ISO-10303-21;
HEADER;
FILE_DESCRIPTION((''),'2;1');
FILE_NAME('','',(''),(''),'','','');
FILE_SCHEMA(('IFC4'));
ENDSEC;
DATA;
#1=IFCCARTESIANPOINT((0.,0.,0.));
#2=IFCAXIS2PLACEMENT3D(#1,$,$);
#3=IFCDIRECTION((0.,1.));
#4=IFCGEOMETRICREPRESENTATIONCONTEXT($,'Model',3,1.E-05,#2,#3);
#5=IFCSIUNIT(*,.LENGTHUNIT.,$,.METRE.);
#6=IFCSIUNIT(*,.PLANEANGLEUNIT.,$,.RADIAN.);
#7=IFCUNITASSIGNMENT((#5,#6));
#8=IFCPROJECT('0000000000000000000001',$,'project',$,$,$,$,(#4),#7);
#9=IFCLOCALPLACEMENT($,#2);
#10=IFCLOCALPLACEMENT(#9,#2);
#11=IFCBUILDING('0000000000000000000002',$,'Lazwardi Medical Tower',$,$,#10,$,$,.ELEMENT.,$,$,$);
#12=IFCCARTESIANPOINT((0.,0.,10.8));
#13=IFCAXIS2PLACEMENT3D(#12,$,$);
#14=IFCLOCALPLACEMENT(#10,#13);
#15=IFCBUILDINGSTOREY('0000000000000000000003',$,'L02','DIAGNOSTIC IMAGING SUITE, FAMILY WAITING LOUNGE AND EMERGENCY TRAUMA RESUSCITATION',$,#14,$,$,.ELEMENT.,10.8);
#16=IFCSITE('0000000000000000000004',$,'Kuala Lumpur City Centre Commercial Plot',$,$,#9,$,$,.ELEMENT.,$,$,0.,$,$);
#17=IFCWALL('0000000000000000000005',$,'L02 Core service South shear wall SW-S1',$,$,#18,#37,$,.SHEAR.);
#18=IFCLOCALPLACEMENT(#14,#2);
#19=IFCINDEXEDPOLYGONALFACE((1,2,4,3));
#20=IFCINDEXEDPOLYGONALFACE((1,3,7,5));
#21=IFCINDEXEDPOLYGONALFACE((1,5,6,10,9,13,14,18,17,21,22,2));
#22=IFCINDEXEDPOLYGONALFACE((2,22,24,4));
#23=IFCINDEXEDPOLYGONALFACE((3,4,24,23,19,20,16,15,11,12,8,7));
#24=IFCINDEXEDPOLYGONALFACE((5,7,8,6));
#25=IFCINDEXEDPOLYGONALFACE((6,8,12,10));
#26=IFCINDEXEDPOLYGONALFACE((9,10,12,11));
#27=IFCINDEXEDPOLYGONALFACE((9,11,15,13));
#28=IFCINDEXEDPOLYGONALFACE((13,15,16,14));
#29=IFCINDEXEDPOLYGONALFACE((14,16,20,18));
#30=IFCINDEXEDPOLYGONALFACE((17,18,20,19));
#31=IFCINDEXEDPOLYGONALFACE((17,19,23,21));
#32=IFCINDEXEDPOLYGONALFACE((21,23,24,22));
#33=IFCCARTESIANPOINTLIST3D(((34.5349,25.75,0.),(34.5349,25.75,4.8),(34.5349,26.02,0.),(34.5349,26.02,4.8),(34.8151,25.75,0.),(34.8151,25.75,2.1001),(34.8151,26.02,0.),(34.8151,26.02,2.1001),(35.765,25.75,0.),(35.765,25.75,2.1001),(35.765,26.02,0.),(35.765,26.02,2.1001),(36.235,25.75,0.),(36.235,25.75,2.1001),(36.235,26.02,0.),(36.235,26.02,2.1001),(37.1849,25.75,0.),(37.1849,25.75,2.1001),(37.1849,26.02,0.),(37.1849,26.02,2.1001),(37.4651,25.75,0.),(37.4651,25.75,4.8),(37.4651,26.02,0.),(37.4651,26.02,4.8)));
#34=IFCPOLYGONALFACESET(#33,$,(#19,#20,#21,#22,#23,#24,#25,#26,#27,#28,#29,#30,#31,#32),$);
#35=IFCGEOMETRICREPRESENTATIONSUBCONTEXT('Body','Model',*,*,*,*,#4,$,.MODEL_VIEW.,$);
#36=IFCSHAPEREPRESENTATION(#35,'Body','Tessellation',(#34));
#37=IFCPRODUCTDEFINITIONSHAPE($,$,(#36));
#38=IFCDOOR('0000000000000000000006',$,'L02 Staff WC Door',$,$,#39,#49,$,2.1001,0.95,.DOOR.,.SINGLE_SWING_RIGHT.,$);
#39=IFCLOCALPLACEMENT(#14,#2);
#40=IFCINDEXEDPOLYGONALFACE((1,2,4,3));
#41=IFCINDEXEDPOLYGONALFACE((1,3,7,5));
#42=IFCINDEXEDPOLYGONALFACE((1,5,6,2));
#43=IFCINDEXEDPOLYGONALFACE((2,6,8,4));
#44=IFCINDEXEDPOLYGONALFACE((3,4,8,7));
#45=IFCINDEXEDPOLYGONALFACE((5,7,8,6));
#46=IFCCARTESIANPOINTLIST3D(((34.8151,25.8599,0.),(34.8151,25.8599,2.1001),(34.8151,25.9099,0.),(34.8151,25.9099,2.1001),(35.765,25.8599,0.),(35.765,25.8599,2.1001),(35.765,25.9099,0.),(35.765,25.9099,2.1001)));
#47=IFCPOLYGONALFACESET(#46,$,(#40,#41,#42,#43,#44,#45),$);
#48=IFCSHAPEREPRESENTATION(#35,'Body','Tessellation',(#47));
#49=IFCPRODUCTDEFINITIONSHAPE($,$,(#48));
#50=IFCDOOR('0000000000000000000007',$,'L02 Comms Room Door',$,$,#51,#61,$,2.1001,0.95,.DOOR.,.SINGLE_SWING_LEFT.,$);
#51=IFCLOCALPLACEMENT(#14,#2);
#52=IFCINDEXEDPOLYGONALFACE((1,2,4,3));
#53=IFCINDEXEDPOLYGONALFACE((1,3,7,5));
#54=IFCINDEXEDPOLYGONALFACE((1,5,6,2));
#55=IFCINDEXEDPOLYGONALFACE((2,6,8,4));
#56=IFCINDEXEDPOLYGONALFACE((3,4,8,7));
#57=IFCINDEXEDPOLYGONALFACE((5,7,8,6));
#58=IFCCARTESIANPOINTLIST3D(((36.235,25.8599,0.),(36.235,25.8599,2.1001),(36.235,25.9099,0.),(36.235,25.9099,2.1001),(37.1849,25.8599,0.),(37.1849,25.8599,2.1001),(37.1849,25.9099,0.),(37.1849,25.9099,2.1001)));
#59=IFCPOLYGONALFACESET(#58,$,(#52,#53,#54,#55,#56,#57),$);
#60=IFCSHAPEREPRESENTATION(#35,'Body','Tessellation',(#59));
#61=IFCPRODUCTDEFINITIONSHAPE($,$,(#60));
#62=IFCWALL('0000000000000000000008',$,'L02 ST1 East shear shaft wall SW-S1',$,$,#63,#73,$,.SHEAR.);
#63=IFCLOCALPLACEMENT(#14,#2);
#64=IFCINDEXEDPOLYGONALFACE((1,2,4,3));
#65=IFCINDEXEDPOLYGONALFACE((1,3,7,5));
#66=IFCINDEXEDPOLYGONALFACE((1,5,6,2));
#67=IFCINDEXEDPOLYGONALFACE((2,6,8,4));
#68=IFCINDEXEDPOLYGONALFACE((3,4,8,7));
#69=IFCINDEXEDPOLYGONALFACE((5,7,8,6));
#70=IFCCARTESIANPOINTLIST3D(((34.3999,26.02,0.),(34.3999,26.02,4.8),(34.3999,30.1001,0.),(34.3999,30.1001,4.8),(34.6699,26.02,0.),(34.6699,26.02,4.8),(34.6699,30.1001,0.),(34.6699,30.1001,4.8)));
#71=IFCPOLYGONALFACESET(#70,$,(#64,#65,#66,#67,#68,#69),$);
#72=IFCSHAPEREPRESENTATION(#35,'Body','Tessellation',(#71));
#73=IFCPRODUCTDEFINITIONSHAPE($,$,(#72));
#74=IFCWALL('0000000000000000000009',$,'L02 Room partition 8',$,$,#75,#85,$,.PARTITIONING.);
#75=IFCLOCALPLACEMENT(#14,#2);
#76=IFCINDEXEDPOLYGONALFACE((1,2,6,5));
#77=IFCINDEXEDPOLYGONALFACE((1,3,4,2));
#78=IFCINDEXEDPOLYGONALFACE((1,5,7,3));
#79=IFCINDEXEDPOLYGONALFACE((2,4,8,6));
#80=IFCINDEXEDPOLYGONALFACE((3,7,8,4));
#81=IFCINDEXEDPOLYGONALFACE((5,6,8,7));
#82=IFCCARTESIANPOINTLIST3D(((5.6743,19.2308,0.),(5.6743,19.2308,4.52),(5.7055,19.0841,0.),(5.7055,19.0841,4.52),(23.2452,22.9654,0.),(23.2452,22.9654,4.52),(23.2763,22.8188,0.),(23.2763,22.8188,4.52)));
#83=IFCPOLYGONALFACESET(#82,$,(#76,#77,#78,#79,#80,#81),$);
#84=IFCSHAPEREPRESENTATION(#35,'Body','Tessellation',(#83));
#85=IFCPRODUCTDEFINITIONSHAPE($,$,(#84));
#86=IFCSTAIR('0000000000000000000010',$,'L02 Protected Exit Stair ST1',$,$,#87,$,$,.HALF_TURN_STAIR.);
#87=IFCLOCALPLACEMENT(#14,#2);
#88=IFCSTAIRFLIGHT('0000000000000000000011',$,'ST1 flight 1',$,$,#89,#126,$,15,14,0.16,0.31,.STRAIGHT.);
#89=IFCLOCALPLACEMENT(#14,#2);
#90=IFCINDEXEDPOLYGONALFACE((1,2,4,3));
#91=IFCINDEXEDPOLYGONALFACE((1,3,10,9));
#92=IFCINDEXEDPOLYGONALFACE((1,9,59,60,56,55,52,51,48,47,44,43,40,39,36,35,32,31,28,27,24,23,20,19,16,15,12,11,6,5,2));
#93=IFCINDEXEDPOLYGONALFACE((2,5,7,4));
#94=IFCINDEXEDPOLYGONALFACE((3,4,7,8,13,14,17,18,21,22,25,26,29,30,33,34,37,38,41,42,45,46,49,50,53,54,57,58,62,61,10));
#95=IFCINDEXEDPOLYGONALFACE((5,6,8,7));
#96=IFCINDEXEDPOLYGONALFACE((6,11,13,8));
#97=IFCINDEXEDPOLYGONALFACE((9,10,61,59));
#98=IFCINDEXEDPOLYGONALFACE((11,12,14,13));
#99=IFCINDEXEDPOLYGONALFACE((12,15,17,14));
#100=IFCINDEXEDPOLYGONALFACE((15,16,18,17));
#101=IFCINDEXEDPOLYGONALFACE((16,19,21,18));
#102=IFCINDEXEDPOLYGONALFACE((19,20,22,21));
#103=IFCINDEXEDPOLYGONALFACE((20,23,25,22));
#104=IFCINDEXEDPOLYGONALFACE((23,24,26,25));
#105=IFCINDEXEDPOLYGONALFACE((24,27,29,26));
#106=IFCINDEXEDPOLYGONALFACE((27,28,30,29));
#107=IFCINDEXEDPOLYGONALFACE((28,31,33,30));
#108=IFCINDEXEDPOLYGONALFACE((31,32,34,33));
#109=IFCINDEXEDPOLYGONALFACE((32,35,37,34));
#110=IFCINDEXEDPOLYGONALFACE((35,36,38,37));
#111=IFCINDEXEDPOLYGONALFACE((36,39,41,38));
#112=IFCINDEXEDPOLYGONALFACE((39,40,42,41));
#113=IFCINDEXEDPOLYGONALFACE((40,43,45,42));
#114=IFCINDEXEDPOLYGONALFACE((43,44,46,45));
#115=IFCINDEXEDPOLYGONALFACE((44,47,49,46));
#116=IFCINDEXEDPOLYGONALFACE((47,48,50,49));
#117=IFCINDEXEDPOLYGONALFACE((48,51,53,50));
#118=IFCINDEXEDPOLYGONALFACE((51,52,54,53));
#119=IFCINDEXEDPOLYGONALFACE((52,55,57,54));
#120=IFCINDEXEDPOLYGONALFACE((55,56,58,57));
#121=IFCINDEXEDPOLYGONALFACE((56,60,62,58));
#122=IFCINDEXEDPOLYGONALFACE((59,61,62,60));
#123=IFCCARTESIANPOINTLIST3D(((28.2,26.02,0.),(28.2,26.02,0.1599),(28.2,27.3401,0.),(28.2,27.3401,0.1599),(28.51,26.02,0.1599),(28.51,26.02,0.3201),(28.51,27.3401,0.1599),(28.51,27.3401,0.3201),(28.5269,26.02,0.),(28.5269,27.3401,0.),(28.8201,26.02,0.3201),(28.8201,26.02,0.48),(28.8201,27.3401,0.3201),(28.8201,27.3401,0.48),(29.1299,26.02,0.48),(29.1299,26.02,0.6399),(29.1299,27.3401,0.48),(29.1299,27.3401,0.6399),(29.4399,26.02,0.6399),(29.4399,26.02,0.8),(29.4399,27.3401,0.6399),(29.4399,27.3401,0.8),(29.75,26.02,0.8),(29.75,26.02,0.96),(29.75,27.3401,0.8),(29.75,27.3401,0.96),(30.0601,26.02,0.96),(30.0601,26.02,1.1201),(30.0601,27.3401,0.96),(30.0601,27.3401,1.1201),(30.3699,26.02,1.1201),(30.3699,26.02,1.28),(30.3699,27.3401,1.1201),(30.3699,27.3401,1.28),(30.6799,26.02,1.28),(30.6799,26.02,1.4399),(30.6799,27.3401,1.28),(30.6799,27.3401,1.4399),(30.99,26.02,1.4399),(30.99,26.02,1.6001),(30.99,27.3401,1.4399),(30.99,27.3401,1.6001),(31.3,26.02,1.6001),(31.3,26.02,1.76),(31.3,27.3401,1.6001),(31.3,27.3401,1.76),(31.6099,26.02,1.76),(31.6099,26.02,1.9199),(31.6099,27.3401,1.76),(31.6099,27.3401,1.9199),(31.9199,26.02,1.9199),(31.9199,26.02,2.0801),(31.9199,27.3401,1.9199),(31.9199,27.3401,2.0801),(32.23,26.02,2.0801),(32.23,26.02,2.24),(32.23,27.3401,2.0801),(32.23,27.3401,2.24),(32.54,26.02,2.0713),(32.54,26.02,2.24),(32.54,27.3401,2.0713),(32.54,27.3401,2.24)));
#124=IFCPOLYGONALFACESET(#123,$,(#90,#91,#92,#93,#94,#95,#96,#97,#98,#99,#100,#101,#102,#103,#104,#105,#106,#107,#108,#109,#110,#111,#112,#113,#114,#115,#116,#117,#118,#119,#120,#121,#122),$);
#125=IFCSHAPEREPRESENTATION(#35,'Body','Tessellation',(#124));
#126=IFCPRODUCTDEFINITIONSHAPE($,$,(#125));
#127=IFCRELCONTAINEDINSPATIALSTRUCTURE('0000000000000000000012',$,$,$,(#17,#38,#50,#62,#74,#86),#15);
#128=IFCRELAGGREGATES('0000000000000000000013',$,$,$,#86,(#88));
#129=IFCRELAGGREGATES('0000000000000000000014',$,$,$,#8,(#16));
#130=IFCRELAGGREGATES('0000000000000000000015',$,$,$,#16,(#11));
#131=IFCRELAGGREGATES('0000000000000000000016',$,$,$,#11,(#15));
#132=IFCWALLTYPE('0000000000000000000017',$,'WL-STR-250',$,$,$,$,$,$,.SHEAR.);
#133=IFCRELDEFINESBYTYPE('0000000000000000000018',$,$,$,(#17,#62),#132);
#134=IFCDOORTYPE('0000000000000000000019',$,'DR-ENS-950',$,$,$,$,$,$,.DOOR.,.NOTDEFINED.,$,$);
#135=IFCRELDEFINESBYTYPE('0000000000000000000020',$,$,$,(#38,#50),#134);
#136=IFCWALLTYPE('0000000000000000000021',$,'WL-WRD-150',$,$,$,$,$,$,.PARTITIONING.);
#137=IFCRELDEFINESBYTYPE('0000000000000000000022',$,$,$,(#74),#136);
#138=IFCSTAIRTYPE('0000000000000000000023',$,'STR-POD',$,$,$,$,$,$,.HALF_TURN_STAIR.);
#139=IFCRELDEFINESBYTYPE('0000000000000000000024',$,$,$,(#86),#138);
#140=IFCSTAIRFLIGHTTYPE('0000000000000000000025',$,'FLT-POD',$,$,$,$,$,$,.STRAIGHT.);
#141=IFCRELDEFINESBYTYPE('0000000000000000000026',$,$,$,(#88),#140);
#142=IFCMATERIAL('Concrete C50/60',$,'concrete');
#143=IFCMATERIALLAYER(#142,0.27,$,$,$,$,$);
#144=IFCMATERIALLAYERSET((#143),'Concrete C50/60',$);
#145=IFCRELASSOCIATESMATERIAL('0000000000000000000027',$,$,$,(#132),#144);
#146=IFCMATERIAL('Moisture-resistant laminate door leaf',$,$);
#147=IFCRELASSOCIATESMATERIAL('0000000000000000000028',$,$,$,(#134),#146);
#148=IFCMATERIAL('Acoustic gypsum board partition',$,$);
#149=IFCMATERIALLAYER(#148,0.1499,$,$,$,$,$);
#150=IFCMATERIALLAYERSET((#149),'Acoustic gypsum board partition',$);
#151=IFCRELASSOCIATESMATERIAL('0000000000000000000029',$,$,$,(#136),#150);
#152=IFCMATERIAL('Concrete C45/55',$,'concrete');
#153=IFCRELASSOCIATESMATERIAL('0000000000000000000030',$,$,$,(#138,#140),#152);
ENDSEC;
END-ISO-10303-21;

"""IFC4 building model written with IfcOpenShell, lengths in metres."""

from ifc_helpers import new_model, si_unit, direction, frame, frame_2d, origin, place, context, subcontext, project, spatial, polyline, rectangle, outline, extrude, material, layer, layer_set, type_object, element, fill, aggregate, save


model = new_model("IFC4")

# Units and contexts
model_context = context("Model", 3, precision=1e-05, world=origin(), true_north=direction((0.0, 1.0)))
body_context = subcontext(model_context, "Body", "Model", "MODEL_VIEW")
ifc_project = project(units=[si_unit("LENGTHUNIT", "METRE"), si_unit("PLANEANGLEUNIT", "RADIAN")], contexts=[model_context])

# Site, building, storey
site_placement = place(None, origin())
site = spatial("IfcSite", under=ifc_project, at=site_placement, Name="Kuala Lumpur City Centre Commercial Plot", CompositionType="ELEMENT", RefElevation=0.0)
building_placement = place(site_placement, origin())
building = spatial("IfcBuilding", under=site, at=building_placement, Name="Lazwardi Medical Tower", CompositionType="ELEMENT")
storey_placement = place(building_placement, frame((0.0, 0.0, 10.8)))
storey = spatial("IfcBuildingStorey", under=building, at=storey_placement, Name="L02", Description="DIAGNOSTIC IMAGING SUITE, FAMILY WAITING LOUNGE AND EMERGENCY TRAUMA RESUSCITATION", CompositionType="ELEMENT", Elevation=10.8)

# Shared definitions
ifc_material_1 = material(Name="Concrete C50/60", Category="concrete")
ifc_layer_1 = layer(ifc_material_1, 0.27)
ifc_layer_set_1 = layer_set([ifc_layer_1], Name="Concrete C50/60")
wall_type_1 = type_object("IfcWallType", Name="WL-STR-250", PredefinedType="SHEAR", material=ifc_layer_set_1)

# Wall, openings, doors
wall_1_placement = place(storey_placement, frame((34.5349, 25.885, 0.0), z_axis=(0.0, 0.0, 1.0), x_axis=(1.0, 0.0, 0.0)))
wall_1 = element("IfcWall", 1, at=wall_1_placement, inside=storey, type_object=wall_type_1, Name="L02 Core service South shear wall SW-S1", PredefinedType="SHEAR", context=body_context, shape_type="SweptSolid", body=[
    extrude(rectangle(XDim=2.9302, YDim=0.27, at=frame_2d((1.4651, 0.0))), origin(), (0.0, 0.0, 1.0), 4.8),
])
opening_1_placement = place(wall_1_placement, frame((0.28, 0.0, 0.0)))
opening_1 = element("IfcOpeningElement", 2, at=opening_1_placement, cuts=wall_1, PredefinedType="OPENING", context=body_context, shape_type="SweptSolid", body=[
    extrude(rectangle(XDim=0.95, YDim=2.1001, at=frame_2d((0.4751, 1.05))), frame((0.0, 0.145, 0.0), z_axis=(0.0, -1.0, 0.0), x_axis=(1.0, 0.0, 0.0)), (0.0, 0.0, 1.0), 0.29),
])
opening_2_placement = place(wall_1_placement, frame((1.7, 0.0, 0.0)))
opening_2 = element("IfcOpeningElement", 3, at=opening_2_placement, cuts=wall_1, PredefinedType="OPENING", context=body_context, shape_type="SweptSolid", body=[
    extrude(rectangle(XDim=0.95, YDim=2.1001, at=frame_2d((0.4751, 1.05))), frame((0.0, 0.145, 0.0), z_axis=(0.0, -1.0, 0.0), x_axis=(1.0, 0.0, 0.0)), (0.0, 0.0, 1.0), 0.29),
])
ifc_material_2 = material(Name="Moisture-resistant laminate door leaf")
door_type_1 = type_object("IfcDoorType", Name="DR-ENS-950", OperationType="NOTDEFINED", PredefinedType="DOOR", material=ifc_material_2)
door_1_placement = place(opening_1_placement, origin())
door_1 = element("IfcDoor", 4, at=door_1_placement, inside=storey, type_object=door_type_1, Name="L02 Staff WC Door", OperationType="SINGLE_SWING_RIGHT", OverallHeight=2.1001, OverallWidth=0.95, PredefinedType="DOOR", context=body_context, shape_type="SweptSolid", body=[
    extrude(rectangle(XDim=0.95, YDim=2.1001, at=frame_2d((0.4751, 1.05))), frame((0.0, 0.0249, 0.0), z_axis=(0.0, -1.0, 0.0), x_axis=(1.0, 0.0, 0.0)), (0.0, 0.0, 1.0), 0.05),
])
fill(opening_1, door_1)
door_2_placement = place(opening_2_placement, origin())
door_2 = element("IfcDoor", 5, at=door_2_placement, inside=storey, type_object=door_type_1, Name="L02 Comms Room Door", OperationType="SINGLE_SWING_LEFT", OverallHeight=2.1001, OverallWidth=0.95, PredefinedType="DOOR", context=body_context, shape_type="SweptSolid", body=[
    extrude(rectangle(XDim=0.95, YDim=2.1001, at=frame_2d((0.4751, 1.05))), frame((0.0, 0.0249, 0.0), z_axis=(0.0, -1.0, 0.0), x_axis=(1.0, 0.0, 0.0)), (0.0, 0.0, 1.0), 0.05),
])
fill(opening_2, door_2)

# Walls
wall_2_placement = place(storey_placement, frame((34.5349, 26.02, 0.0), z_axis=(0.0, 0.0, 1.0), x_axis=(0.0, 1.0, 0.0)))
element("IfcWall", 6, at=wall_2_placement, inside=storey, type_object=wall_type_1, Name="L02 ST1 East shear shaft wall SW-S1", PredefinedType="SHEAR", context=body_context, shape_type="SweptSolid", body=[
    extrude(rectangle(XDim=4.0801, YDim=0.27, at=frame_2d((2.04, 0.0))), origin(), (0.0, 0.0, 1.0), 4.8),
])
ifc_material_3 = material(Name="Acoustic gypsum board partition")
ifc_layer_2 = layer(ifc_material_3, 0.1499)
ifc_layer_set_2 = layer_set([ifc_layer_2], Name="Acoustic gypsum board partition")
wall_type_2 = type_object("IfcWallType", Name="WL-WRD-150", PredefinedType="PARTITIONING", material=ifc_layer_set_2)
wall_3_placement = place(storey_placement, frame((23.2607, 22.8921, 0.0), z_axis=(0.0, 0.0, 1.0), x_axis=(-0.97815, -0.207903, 0.0)))
element("IfcWall", 7, at=wall_3_placement, inside=storey, type_object=wall_type_2, Name="L02 Room partition 8", PredefinedType="PARTITIONING", context=body_context, shape_type="SweptSolid", body=[
    extrude(rectangle(XDim=17.9634, YDim=0.1499, at=frame_2d((8.9817, 0.0))), origin(), (0.0, 0.0, 1.0), 4.52),
])

# Stair, stair flight
ifc_material_4 = material(Name="Concrete C45/55", Category="concrete")
stair_type = type_object("IfcStairType", Name="STR-POD", PredefinedType="HALF_TURN_STAIR", material=ifc_material_4)
stair_placement = place(storey_placement, origin())
stair = element("IfcStair", 8, at=stair_placement, inside=storey, type_object=stair_type, Name="L02 Protected Exit Stair ST1", PredefinedType="HALF_TURN_STAIR")
stair_flight_type = type_object("IfcStairFlightType", Name="FLT-POD", PredefinedType="STRAIGHT", material=ifc_material_4)
stair_flight_placement = place(storey_placement, frame((28.2, 26.6799, 0.0), z_axis=(0.0, 0.0, 1.0), x_axis=(1.0, 0.0, 0.0)))
stair_flight = element("IfcStairFlight", 9, at=stair_flight_placement, type_object=stair_flight_type, Name="ST1 flight 1", NumberOfRisers=15, NumberOfTreads=14, PredefinedType="STRAIGHT", RiserHeight=0.16, TreadLength=0.31, context=body_context, shape_type="SweptSolid", body=[
    extrude(outline(polyline([(0.0, 0.0), (0.0, 0.1599), (0.3101, 0.1599), (0.3101, 0.3201), (0.6201, 0.3201), (0.6201, 0.48), (0.9299, 0.48), (0.9299, 0.6399), (1.24, 0.6399), (1.24, 0.8), (1.55, 0.8), (1.55, 0.96), (1.8601, 0.96), (1.8601, 1.1201), (2.1699, 1.1201), (2.1699, 1.28), (2.48, 1.28), (2.48, 1.4399), (2.79, 1.4399), (2.79, 1.6001), (3.1001, 1.6001), (3.1001, 1.76), (3.4099, 1.76), (3.4099, 1.9199), (3.72, 1.9199), (3.72, 2.0801), (4.03, 2.0801), (4.03, 2.24), (4.3401, 2.24), (4.3401, 2.3999), (4.3401, 2.0713), (0.3269, 0.0), (0.0, 0.0)])), frame((0.0, 0.6602, 0.0), z_axis=(0.0, -1.0, 0.0), x_axis=(1.0, 0.0, 0.0)), (0.0, 0.0, 1.0), 1.3201),
])
aggregate(stair, [stair_flight])

save(model, "model.ifc")
